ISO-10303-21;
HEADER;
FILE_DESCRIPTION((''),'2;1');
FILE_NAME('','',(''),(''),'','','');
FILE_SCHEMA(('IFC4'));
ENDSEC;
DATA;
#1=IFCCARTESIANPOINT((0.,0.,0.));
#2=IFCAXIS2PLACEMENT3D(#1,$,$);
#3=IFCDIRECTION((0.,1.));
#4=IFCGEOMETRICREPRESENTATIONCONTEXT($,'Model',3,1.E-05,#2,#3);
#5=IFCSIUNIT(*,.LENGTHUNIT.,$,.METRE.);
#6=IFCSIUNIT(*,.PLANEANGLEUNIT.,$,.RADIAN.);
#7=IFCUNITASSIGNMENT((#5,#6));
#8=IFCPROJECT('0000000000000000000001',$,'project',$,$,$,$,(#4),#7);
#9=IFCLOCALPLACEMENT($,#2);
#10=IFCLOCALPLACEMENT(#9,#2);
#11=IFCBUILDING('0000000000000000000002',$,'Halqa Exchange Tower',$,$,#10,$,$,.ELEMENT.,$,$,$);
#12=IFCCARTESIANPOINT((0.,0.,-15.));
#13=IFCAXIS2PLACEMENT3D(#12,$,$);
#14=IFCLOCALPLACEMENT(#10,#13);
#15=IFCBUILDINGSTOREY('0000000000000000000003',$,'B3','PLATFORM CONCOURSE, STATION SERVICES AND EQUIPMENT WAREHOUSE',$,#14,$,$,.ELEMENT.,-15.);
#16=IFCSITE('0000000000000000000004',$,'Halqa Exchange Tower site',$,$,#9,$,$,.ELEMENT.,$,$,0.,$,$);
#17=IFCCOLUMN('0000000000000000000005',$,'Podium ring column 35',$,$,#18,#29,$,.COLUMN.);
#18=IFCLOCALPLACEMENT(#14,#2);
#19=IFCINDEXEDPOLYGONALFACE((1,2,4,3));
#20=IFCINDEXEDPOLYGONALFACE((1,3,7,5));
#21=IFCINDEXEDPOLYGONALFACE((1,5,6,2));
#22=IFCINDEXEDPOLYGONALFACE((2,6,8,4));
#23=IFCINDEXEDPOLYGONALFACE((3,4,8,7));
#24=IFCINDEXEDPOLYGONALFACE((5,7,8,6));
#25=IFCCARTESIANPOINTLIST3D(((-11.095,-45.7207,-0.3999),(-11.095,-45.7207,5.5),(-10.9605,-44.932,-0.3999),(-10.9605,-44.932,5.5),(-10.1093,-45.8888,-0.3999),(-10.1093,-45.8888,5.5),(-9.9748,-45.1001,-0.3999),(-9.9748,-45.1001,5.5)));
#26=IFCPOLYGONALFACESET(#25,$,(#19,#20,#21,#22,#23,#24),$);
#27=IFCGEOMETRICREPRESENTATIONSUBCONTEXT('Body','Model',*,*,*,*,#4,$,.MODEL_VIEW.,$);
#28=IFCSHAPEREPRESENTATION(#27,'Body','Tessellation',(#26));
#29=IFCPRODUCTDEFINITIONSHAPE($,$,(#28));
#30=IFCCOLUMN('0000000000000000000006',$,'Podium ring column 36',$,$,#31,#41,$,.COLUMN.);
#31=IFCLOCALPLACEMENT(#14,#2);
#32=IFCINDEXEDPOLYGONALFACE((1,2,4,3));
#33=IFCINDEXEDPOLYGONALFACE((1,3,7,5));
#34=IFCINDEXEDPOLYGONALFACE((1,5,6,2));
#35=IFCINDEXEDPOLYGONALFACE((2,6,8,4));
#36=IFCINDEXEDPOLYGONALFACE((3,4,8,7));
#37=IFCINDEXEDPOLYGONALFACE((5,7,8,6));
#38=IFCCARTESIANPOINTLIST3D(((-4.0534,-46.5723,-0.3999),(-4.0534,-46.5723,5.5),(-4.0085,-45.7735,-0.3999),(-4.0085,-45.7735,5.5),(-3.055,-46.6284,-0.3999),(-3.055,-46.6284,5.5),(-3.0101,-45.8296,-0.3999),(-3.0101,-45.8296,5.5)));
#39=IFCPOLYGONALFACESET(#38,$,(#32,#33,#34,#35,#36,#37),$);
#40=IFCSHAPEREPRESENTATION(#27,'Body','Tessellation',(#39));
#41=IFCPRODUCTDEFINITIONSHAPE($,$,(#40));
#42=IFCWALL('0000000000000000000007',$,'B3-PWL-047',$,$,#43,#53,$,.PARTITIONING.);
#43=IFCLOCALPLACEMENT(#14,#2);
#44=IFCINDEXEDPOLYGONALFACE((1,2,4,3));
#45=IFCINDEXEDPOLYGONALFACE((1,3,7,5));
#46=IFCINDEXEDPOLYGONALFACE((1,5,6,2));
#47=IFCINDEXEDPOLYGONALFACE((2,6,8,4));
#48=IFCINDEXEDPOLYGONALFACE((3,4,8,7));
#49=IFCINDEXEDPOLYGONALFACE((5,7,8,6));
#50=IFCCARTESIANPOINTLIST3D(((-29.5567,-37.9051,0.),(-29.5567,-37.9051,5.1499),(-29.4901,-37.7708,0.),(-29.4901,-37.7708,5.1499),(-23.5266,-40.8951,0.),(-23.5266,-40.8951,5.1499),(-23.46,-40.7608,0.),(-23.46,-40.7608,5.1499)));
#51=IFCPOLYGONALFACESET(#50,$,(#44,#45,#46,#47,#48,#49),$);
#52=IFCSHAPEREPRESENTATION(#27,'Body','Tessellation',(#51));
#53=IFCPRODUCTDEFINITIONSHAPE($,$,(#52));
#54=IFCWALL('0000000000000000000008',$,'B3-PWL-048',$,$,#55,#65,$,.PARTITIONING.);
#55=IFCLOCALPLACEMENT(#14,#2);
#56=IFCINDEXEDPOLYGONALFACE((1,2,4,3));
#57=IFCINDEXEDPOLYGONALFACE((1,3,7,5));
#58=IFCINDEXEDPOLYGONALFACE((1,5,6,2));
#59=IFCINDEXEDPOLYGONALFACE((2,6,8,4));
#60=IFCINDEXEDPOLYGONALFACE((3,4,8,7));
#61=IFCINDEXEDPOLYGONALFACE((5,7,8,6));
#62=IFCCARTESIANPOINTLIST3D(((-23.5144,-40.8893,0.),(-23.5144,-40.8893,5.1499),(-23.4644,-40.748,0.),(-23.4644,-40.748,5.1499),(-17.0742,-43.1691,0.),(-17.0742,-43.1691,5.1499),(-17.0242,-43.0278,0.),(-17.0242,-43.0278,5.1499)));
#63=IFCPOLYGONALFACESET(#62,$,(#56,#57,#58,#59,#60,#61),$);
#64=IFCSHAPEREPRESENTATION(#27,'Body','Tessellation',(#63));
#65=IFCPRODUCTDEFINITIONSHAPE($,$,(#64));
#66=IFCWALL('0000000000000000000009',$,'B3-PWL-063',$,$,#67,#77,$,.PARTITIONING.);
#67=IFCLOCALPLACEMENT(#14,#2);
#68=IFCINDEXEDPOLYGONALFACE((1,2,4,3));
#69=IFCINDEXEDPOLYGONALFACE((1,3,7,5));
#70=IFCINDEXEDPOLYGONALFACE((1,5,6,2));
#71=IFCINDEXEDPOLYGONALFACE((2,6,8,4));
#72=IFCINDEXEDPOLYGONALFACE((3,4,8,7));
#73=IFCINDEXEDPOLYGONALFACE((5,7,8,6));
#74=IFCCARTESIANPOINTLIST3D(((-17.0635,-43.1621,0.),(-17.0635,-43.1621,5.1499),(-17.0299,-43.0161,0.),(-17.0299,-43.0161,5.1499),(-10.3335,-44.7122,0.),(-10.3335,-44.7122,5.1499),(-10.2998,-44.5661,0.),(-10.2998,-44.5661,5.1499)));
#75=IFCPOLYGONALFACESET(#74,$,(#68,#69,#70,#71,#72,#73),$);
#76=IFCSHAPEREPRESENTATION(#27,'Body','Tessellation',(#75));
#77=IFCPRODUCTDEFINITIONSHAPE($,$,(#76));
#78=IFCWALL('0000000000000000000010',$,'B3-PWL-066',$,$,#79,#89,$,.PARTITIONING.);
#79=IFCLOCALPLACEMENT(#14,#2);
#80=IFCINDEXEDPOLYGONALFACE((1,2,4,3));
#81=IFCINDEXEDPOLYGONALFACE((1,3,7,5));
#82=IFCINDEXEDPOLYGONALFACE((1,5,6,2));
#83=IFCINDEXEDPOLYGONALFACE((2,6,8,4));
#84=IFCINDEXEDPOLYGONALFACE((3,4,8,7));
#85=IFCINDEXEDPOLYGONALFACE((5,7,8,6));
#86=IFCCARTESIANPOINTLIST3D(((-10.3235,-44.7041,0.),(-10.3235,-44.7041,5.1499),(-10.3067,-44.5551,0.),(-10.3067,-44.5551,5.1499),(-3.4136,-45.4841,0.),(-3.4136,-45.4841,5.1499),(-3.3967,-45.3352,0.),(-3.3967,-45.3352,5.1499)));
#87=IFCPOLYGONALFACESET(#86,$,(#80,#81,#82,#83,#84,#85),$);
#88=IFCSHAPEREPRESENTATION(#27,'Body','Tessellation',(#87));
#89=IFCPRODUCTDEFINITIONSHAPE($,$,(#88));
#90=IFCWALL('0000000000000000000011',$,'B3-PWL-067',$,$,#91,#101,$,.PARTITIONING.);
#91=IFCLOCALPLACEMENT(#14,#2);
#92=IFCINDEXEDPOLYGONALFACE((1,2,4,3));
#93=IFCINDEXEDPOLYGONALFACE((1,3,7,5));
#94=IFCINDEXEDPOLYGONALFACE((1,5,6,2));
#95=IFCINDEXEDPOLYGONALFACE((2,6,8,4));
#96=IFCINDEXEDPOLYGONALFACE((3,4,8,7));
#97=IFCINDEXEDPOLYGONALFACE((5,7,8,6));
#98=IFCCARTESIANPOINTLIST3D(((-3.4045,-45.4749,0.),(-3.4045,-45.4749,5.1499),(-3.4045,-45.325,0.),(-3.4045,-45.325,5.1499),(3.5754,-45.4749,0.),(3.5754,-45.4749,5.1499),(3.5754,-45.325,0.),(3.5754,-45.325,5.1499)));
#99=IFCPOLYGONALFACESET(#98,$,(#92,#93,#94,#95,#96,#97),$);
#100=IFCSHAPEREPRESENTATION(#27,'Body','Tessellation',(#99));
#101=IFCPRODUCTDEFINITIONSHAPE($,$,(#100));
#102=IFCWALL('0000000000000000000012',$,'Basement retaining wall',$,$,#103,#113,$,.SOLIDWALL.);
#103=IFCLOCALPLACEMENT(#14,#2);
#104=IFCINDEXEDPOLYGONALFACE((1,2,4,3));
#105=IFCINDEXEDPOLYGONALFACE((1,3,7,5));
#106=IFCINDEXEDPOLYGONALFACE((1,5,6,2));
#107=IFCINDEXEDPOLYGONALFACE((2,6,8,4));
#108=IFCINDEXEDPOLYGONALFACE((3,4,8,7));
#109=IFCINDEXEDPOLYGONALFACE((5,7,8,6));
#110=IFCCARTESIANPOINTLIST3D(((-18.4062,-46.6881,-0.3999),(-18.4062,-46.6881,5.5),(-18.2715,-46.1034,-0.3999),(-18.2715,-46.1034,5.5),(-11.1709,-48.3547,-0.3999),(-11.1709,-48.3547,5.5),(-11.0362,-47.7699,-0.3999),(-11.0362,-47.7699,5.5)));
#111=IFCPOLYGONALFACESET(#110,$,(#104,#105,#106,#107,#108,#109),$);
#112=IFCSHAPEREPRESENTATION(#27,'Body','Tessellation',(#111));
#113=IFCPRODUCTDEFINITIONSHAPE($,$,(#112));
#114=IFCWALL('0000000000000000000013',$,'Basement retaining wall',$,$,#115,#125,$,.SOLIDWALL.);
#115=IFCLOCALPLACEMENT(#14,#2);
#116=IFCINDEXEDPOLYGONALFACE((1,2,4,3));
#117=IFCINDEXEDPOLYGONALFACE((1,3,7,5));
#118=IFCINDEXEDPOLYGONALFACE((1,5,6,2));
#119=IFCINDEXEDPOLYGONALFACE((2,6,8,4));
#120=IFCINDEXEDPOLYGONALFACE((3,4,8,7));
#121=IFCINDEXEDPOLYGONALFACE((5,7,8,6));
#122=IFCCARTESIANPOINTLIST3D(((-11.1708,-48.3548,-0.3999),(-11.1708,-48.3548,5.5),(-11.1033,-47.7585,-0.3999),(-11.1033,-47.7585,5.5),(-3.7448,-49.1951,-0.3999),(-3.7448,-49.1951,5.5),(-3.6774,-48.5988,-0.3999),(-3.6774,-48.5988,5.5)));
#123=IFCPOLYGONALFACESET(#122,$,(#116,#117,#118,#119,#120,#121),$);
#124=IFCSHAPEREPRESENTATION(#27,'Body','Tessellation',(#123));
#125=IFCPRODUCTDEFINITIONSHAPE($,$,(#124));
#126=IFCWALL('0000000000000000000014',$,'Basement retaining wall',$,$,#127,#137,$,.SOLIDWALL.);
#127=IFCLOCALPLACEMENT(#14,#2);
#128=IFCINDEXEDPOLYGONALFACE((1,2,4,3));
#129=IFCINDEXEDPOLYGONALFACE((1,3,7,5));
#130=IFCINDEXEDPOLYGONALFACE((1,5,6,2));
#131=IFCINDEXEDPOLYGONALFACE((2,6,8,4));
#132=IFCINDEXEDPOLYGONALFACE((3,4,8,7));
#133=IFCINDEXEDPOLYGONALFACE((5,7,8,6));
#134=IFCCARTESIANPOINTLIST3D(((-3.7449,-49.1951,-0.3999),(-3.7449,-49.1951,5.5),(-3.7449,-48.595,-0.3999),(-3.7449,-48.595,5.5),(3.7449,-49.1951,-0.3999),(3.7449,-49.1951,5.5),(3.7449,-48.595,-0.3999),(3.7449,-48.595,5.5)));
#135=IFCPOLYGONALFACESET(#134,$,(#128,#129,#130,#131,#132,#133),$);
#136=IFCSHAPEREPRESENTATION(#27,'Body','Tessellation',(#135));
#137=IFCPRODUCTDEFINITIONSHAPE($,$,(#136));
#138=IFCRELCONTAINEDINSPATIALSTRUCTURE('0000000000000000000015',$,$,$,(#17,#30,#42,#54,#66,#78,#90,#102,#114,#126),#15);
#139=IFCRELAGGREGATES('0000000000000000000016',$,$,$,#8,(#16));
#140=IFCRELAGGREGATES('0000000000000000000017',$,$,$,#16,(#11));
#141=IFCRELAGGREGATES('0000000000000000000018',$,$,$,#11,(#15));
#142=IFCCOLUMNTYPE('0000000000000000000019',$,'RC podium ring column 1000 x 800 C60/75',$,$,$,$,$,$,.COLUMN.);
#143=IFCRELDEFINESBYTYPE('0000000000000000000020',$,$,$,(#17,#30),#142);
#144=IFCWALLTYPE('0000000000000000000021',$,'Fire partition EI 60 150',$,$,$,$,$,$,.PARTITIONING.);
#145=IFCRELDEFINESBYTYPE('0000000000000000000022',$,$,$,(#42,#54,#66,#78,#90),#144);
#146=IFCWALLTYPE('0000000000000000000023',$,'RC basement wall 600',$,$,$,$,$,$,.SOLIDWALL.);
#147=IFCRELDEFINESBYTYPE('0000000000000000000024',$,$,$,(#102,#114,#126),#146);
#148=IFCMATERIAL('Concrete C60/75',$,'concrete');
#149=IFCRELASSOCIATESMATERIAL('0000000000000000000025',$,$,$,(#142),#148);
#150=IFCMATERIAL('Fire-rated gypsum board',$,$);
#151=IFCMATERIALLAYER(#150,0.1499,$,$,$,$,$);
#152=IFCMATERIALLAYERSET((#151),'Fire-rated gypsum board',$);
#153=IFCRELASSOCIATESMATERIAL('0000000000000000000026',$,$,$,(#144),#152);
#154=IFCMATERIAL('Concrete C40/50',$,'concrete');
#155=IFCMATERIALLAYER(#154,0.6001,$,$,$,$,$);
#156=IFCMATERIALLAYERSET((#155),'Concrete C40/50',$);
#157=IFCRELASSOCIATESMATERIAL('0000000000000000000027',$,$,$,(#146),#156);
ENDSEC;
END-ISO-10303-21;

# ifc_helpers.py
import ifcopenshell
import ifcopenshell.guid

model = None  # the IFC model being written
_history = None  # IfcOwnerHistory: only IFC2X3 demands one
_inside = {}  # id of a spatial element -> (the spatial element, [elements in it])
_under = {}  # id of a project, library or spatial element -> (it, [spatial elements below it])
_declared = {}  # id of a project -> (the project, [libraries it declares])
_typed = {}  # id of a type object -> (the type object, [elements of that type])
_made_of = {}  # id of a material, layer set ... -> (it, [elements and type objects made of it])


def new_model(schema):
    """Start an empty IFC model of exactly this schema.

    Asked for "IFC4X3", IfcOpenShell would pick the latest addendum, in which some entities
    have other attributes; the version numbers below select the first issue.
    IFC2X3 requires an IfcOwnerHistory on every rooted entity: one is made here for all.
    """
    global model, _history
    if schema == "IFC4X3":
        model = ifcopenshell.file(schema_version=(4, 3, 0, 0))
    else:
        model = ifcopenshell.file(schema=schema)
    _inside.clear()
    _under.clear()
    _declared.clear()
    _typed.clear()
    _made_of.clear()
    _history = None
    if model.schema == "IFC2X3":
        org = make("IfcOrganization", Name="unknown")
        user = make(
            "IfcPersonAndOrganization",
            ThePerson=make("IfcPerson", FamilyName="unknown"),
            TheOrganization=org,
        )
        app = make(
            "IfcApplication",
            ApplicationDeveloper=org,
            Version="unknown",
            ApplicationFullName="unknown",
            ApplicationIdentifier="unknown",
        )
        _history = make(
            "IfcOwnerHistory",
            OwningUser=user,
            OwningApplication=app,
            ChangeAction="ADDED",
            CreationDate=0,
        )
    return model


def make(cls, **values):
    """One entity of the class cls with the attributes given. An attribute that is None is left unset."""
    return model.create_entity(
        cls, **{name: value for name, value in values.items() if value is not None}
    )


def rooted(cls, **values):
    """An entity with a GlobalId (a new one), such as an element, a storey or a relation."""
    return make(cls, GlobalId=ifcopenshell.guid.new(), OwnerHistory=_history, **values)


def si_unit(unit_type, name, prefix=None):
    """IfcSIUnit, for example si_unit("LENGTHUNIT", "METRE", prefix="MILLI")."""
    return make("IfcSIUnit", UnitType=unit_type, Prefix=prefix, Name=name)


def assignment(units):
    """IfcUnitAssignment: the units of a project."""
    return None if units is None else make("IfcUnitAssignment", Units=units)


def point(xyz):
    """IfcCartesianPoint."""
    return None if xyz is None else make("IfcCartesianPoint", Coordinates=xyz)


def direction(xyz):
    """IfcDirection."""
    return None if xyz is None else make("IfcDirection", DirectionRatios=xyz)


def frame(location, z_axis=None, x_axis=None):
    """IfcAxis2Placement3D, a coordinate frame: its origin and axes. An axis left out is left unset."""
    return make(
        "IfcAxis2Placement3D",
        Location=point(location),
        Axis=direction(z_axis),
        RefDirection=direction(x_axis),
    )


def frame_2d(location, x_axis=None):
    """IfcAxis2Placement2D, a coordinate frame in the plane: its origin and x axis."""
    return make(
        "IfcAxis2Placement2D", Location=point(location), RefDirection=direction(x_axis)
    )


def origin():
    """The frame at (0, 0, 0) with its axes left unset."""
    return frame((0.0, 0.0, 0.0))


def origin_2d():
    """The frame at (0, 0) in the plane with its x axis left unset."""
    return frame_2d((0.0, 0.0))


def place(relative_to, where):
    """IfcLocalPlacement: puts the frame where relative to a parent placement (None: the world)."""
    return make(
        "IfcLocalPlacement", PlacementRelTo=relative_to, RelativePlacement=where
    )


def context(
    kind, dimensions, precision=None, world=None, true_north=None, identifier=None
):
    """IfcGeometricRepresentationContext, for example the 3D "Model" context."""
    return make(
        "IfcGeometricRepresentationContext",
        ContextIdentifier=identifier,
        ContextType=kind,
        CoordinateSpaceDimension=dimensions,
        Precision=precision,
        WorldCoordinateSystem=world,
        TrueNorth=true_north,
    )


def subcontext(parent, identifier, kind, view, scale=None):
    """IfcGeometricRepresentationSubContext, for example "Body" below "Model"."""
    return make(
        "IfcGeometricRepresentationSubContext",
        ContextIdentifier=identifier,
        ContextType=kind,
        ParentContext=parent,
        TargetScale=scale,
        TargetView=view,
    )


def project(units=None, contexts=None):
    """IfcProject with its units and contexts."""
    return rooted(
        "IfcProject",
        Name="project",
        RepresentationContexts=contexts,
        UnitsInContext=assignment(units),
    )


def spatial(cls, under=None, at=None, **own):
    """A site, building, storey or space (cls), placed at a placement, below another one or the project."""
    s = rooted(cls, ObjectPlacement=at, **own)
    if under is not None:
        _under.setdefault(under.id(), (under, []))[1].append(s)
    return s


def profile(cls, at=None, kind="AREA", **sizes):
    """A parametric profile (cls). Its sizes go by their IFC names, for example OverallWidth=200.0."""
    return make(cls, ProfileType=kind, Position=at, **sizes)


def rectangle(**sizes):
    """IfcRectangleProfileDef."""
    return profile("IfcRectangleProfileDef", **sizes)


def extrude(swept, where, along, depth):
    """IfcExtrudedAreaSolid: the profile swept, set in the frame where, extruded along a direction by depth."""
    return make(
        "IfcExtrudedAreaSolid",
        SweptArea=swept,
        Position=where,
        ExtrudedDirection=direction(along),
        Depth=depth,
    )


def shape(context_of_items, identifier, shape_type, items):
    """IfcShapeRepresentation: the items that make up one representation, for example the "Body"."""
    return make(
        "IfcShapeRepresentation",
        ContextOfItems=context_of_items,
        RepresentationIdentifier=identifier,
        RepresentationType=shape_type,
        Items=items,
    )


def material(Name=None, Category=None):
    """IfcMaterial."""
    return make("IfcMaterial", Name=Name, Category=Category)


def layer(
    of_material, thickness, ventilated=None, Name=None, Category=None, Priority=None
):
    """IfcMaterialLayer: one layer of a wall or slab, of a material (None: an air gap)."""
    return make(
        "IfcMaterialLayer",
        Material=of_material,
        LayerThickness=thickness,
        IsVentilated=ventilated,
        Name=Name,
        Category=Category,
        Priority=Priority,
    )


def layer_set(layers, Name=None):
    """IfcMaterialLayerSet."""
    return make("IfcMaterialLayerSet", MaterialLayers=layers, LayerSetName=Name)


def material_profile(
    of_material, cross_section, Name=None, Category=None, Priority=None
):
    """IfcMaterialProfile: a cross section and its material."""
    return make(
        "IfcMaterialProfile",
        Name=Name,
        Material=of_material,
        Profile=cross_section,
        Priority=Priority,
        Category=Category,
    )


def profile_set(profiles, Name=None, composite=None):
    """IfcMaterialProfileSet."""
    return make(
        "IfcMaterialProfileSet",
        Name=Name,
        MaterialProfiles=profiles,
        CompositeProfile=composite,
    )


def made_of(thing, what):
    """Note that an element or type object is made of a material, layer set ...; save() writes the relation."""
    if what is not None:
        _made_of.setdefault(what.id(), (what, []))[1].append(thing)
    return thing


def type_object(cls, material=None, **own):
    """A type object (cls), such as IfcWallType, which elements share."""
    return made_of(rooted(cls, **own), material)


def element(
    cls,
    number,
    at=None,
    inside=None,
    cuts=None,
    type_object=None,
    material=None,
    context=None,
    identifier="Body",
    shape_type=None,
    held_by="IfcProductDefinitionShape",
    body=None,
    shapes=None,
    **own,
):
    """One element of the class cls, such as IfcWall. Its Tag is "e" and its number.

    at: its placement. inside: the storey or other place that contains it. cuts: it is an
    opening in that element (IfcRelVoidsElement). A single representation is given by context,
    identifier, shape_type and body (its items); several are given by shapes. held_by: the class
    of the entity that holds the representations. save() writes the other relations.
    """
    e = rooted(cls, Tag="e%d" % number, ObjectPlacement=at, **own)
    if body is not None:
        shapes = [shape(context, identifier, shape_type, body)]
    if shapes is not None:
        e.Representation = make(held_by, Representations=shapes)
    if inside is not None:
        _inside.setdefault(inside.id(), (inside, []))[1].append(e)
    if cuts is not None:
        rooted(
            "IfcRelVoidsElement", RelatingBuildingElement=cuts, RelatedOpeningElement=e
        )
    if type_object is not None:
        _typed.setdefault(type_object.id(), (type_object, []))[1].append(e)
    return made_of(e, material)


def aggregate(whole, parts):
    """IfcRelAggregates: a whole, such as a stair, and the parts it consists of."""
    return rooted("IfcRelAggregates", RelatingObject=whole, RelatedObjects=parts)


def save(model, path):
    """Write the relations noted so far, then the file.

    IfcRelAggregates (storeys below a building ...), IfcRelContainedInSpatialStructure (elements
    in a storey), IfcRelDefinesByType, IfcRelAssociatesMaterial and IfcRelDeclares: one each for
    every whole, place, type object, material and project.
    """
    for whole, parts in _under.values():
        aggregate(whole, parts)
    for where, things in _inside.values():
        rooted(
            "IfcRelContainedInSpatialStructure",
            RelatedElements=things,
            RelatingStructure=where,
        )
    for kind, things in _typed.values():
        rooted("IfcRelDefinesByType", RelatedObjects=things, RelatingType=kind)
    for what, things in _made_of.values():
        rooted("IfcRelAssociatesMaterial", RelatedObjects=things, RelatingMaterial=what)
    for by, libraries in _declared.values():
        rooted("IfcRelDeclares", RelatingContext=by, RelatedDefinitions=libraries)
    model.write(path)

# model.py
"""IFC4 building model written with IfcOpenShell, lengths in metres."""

from ifc_helpers import new_model, si_unit, direction, frame, frame_2d, origin, origin_2d, place, context, subcontext, project, spatial, rectangle, extrude, material, layer, layer_set, material_profile, profile_set, type_object, element, save


model = new_model("IFC4")

# Units and contexts
model_context = context("Model", 3, precision=1e-05, world=origin(), true_north=direction((0.0, 1.0)))
body_context = subcontext(model_context, "Body", "Model", "MODEL_VIEW")
ifc_project = project(units=[si_unit("LENGTHUNIT", "METRE"), si_unit("PLANEANGLEUNIT", "RADIAN")], contexts=[model_context])

# Site, building, storey
site_placement = place(None, origin())
site = spatial("IfcSite", under=ifc_project, at=site_placement, Name="Halqa Exchange Tower site", CompositionType="ELEMENT", RefElevation=0.0)
building_placement = place(site_placement, origin())
building = spatial("IfcBuilding", under=site, at=building_placement, Name="Halqa Exchange Tower", CompositionType="ELEMENT")
storey_placement = place(building_placement, frame((0.0, 0.0, -15.0)))
storey = spatial("IfcBuildingStorey", under=building, at=storey_placement, Name="B3", Description="PLATFORM CONCOURSE, STATION SERVICES AND EQUIPMENT WAREHOUSE", CompositionType="ELEMENT", Elevation=-15.0)

# Shared definitions
ifc_material_1 = material(Name="Concrete C40/50", Category="concrete")

# Columns
ifc_material_2 = material(Name="Concrete C60/75", Category="concrete")
ifc_material_profile_1 = material_profile(ifc_material_2, rectangle(XDim=1.0, YDim=0.8, at=origin_2d()), Name="1000 x 800")
ifc_profile_set_1 = profile_set([ifc_material_profile_1], Name="Concrete C60/75")
column_type = type_object("IfcColumnType", Name="RC podium ring column 1000 x 800 C60/75", PredefinedType="COLUMN", material=ifc_profile_set_1)
for number, where, z_axis, x_axis, name in (
    (1, (-10.5349, -45.4104, -0.3999), (0.0, 0.0, 1.0), (0.985766, -0.168121, 0.0), "Podium ring column 35"),
    (2, (-3.5317, -46.2009, -0.3999), (0.0, 0.0, 1.0), (0.998425, -0.056107, 0.0), "Podium ring column 36"),
):
    element("IfcColumn", number, at=place(storey_placement, frame(where, z_axis=z_axis, x_axis=x_axis)), inside=storey, type_object=column_type, Name=name, PredefinedType="COLUMN", context=body_context, shape_type="SweptSolid", body=[
        extrude(rectangle(XDim=1.0, YDim=0.8, at=origin_2d()), origin(), (0.0, 0.0, 1.0), 5.8999),
    ])

# Walls
ifc_material_3 = material(Name="Fire-rated gypsum board")
ifc_layer_1 = layer(ifc_material_3, 0.1499)
ifc_layer_set_1 = layer_set([ifc_layer_1], Name="Fire-rated gypsum board")
wall_type_1 = type_object("IfcWallType", Name="Fire partition EI 60 150", PredefinedType="PARTITIONING", material=ifc_layer_set_1)
wall_1_placement = place(storey_placement, frame((-23.4934, -40.8279, 0.0), z_axis=(0.0, 0.0, 1.0), x_axis=(-0.895909, 0.444237, 0.0)))
element("IfcWall", 3, at=wall_1_placement, inside=storey, type_object=wall_type_1, Name="B3-PWL-047", PredefinedType="PARTITIONING", context=body_context, shape_type="SweptSolid", body=[
    extrude(rectangle(XDim=6.7307, YDim=0.1499, at=frame_2d((3.3652, 0.0))), origin(), (0.0, 0.0, 1.0), 5.1499),
])
wall_2_placement = place(storey_placement, frame((-23.4895, -40.8186, 0.0), z_axis=(0.0, 0.0, 1.0), x_axis=(0.942679, -0.333702, 0.0)))
element("IfcWall", 4, at=wall_2_placement, inside=storey, type_object=wall_type_1, Name="B3-PWL-048", PredefinedType="PARTITIONING", context=body_context, shape_type="SweptSolid", body=[
    extrude(rectangle(XDim=6.8318, YDim=0.1499, at=frame_2d((3.416, 0.0))), origin(), (0.0, 0.0, 1.0), 5.1499),
])
wall_3_placement = place(storey_placement, frame((-10.3167, -44.6392, 0.0), z_axis=(0.0, 0.0, 1.0), x_axis=(-0.974487, 0.224444, 0.0)))
element("IfcWall", 5, at=wall_3_placement, inside=storey, type_object=wall_type_1, Name="B3-PWL-063", PredefinedType="PARTITIONING", context=body_context, shape_type="SweptSolid", body=[
    extrude(rectangle(XDim=6.9062, YDim=0.1499, at=frame_2d((3.4531, 0.0))), origin(), (0.0, 0.0, 1.0), 5.1499),
])
wall_4_placement = place(storey_placement, frame((-3.405, -45.4097, 0.0), z_axis=(0.0, 0.0, 1.0), x_axis=(-0.993689, 0.112173, 0.0)))
element("IfcWall", 6, at=wall_4_placement, inside=storey, type_object=wall_type_1, Name="B3-PWL-066", PredefinedType="PARTITIONING", context=body_context, shape_type="SweptSolid", body=[
    extrude(rectangle(XDim=6.9539, YDim=0.1499, at=frame_2d((3.4771, 0.0))), origin(), (0.0, 0.0, 1.0), 5.1499),
])
wall_5_placement = place(storey_placement, frame((-3.4045, -45.3999, 0.0), z_axis=(0.0, 0.0, 1.0), x_axis=(1.0, 0.0, 0.0)))
element("IfcWall", 7, at=wall_5_placement, inside=storey, type_object=wall_type_1, Name="B3-PWL-067", PredefinedType="PARTITIONING", context=body_context, shape_type="SweptSolid", body=[
    extrude(rectangle(XDim=6.98, YDim=0.1499, at=frame_2d((3.49, 0.0))), origin(), (0.0, 0.0, 1.0), 5.1499),
])
ifc_layer_2 = layer(ifc_material_1, 0.6001)
ifc_layer_set_2 = layer_set([ifc_layer_2], Name="Concrete C40/50")
wall_type_2 = type_object("IfcWallType", Name="RC basement wall 600", PredefinedType="SOLIDWALL", material=ifc_layer_set_2)
wall_6_placement = place(storey_placement, frame((-18.3389, -46.3958, -0.3999), z_axis=(0.0, 0.0, 1.0), x_axis=(0.974485, -0.224451, 0.0)))
element("IfcWall", 8, at=wall_6_placement, inside=storey, type_object=wall_type_2, Name="Basement retaining wall", PredefinedType="SOLIDWALL", context=body_context, shape_type="SweptSolid", body=[
    extrude(rectangle(XDim=7.4248, YDim=0.6001, at=frame_2d((3.7124, 0.0))), origin(), (0.0, 0.0, 1.0), 5.8999),
])
wall_7_placement = place(storey_placement, frame((-11.1372, -48.0566, -0.3999), z_axis=(0.0, 0.0, 1.0), x_axis=(0.993658, -0.112443, 0.0)))
element("IfcWall", 9, at=wall_7_placement, inside=storey, type_object=wall_type_2, Name="Basement retaining wall", PredefinedType="SOLIDWALL", context=body_context, shape_type="SweptSolid", body=[
    extrude(rectangle(XDim=7.4734, YDim=0.6001, at=frame_2d((3.7368, 0.0))), origin(), (0.0, 0.0, 1.0), 5.8999),
])
wall_8_placement = place(storey_placement, frame((-3.7449, -48.895, -0.3999), z_axis=(0.0, 0.0, 1.0), x_axis=(1.0, 0.0, 0.0)))
element("IfcWall", 10, at=wall_8_placement, inside=storey, type_object=wall_type_2, Name="Basement retaining wall", PredefinedType="SOLIDWALL", context=body_context, shape_type="SweptSolid", body=[
    extrude(rectangle(XDim=7.4897, YDim=0.6001, at=frame_2d((3.7449, 0.0))), origin(), (0.0, 0.0, 1.0), 5.8999),
])

save(model, "model.ifc")
